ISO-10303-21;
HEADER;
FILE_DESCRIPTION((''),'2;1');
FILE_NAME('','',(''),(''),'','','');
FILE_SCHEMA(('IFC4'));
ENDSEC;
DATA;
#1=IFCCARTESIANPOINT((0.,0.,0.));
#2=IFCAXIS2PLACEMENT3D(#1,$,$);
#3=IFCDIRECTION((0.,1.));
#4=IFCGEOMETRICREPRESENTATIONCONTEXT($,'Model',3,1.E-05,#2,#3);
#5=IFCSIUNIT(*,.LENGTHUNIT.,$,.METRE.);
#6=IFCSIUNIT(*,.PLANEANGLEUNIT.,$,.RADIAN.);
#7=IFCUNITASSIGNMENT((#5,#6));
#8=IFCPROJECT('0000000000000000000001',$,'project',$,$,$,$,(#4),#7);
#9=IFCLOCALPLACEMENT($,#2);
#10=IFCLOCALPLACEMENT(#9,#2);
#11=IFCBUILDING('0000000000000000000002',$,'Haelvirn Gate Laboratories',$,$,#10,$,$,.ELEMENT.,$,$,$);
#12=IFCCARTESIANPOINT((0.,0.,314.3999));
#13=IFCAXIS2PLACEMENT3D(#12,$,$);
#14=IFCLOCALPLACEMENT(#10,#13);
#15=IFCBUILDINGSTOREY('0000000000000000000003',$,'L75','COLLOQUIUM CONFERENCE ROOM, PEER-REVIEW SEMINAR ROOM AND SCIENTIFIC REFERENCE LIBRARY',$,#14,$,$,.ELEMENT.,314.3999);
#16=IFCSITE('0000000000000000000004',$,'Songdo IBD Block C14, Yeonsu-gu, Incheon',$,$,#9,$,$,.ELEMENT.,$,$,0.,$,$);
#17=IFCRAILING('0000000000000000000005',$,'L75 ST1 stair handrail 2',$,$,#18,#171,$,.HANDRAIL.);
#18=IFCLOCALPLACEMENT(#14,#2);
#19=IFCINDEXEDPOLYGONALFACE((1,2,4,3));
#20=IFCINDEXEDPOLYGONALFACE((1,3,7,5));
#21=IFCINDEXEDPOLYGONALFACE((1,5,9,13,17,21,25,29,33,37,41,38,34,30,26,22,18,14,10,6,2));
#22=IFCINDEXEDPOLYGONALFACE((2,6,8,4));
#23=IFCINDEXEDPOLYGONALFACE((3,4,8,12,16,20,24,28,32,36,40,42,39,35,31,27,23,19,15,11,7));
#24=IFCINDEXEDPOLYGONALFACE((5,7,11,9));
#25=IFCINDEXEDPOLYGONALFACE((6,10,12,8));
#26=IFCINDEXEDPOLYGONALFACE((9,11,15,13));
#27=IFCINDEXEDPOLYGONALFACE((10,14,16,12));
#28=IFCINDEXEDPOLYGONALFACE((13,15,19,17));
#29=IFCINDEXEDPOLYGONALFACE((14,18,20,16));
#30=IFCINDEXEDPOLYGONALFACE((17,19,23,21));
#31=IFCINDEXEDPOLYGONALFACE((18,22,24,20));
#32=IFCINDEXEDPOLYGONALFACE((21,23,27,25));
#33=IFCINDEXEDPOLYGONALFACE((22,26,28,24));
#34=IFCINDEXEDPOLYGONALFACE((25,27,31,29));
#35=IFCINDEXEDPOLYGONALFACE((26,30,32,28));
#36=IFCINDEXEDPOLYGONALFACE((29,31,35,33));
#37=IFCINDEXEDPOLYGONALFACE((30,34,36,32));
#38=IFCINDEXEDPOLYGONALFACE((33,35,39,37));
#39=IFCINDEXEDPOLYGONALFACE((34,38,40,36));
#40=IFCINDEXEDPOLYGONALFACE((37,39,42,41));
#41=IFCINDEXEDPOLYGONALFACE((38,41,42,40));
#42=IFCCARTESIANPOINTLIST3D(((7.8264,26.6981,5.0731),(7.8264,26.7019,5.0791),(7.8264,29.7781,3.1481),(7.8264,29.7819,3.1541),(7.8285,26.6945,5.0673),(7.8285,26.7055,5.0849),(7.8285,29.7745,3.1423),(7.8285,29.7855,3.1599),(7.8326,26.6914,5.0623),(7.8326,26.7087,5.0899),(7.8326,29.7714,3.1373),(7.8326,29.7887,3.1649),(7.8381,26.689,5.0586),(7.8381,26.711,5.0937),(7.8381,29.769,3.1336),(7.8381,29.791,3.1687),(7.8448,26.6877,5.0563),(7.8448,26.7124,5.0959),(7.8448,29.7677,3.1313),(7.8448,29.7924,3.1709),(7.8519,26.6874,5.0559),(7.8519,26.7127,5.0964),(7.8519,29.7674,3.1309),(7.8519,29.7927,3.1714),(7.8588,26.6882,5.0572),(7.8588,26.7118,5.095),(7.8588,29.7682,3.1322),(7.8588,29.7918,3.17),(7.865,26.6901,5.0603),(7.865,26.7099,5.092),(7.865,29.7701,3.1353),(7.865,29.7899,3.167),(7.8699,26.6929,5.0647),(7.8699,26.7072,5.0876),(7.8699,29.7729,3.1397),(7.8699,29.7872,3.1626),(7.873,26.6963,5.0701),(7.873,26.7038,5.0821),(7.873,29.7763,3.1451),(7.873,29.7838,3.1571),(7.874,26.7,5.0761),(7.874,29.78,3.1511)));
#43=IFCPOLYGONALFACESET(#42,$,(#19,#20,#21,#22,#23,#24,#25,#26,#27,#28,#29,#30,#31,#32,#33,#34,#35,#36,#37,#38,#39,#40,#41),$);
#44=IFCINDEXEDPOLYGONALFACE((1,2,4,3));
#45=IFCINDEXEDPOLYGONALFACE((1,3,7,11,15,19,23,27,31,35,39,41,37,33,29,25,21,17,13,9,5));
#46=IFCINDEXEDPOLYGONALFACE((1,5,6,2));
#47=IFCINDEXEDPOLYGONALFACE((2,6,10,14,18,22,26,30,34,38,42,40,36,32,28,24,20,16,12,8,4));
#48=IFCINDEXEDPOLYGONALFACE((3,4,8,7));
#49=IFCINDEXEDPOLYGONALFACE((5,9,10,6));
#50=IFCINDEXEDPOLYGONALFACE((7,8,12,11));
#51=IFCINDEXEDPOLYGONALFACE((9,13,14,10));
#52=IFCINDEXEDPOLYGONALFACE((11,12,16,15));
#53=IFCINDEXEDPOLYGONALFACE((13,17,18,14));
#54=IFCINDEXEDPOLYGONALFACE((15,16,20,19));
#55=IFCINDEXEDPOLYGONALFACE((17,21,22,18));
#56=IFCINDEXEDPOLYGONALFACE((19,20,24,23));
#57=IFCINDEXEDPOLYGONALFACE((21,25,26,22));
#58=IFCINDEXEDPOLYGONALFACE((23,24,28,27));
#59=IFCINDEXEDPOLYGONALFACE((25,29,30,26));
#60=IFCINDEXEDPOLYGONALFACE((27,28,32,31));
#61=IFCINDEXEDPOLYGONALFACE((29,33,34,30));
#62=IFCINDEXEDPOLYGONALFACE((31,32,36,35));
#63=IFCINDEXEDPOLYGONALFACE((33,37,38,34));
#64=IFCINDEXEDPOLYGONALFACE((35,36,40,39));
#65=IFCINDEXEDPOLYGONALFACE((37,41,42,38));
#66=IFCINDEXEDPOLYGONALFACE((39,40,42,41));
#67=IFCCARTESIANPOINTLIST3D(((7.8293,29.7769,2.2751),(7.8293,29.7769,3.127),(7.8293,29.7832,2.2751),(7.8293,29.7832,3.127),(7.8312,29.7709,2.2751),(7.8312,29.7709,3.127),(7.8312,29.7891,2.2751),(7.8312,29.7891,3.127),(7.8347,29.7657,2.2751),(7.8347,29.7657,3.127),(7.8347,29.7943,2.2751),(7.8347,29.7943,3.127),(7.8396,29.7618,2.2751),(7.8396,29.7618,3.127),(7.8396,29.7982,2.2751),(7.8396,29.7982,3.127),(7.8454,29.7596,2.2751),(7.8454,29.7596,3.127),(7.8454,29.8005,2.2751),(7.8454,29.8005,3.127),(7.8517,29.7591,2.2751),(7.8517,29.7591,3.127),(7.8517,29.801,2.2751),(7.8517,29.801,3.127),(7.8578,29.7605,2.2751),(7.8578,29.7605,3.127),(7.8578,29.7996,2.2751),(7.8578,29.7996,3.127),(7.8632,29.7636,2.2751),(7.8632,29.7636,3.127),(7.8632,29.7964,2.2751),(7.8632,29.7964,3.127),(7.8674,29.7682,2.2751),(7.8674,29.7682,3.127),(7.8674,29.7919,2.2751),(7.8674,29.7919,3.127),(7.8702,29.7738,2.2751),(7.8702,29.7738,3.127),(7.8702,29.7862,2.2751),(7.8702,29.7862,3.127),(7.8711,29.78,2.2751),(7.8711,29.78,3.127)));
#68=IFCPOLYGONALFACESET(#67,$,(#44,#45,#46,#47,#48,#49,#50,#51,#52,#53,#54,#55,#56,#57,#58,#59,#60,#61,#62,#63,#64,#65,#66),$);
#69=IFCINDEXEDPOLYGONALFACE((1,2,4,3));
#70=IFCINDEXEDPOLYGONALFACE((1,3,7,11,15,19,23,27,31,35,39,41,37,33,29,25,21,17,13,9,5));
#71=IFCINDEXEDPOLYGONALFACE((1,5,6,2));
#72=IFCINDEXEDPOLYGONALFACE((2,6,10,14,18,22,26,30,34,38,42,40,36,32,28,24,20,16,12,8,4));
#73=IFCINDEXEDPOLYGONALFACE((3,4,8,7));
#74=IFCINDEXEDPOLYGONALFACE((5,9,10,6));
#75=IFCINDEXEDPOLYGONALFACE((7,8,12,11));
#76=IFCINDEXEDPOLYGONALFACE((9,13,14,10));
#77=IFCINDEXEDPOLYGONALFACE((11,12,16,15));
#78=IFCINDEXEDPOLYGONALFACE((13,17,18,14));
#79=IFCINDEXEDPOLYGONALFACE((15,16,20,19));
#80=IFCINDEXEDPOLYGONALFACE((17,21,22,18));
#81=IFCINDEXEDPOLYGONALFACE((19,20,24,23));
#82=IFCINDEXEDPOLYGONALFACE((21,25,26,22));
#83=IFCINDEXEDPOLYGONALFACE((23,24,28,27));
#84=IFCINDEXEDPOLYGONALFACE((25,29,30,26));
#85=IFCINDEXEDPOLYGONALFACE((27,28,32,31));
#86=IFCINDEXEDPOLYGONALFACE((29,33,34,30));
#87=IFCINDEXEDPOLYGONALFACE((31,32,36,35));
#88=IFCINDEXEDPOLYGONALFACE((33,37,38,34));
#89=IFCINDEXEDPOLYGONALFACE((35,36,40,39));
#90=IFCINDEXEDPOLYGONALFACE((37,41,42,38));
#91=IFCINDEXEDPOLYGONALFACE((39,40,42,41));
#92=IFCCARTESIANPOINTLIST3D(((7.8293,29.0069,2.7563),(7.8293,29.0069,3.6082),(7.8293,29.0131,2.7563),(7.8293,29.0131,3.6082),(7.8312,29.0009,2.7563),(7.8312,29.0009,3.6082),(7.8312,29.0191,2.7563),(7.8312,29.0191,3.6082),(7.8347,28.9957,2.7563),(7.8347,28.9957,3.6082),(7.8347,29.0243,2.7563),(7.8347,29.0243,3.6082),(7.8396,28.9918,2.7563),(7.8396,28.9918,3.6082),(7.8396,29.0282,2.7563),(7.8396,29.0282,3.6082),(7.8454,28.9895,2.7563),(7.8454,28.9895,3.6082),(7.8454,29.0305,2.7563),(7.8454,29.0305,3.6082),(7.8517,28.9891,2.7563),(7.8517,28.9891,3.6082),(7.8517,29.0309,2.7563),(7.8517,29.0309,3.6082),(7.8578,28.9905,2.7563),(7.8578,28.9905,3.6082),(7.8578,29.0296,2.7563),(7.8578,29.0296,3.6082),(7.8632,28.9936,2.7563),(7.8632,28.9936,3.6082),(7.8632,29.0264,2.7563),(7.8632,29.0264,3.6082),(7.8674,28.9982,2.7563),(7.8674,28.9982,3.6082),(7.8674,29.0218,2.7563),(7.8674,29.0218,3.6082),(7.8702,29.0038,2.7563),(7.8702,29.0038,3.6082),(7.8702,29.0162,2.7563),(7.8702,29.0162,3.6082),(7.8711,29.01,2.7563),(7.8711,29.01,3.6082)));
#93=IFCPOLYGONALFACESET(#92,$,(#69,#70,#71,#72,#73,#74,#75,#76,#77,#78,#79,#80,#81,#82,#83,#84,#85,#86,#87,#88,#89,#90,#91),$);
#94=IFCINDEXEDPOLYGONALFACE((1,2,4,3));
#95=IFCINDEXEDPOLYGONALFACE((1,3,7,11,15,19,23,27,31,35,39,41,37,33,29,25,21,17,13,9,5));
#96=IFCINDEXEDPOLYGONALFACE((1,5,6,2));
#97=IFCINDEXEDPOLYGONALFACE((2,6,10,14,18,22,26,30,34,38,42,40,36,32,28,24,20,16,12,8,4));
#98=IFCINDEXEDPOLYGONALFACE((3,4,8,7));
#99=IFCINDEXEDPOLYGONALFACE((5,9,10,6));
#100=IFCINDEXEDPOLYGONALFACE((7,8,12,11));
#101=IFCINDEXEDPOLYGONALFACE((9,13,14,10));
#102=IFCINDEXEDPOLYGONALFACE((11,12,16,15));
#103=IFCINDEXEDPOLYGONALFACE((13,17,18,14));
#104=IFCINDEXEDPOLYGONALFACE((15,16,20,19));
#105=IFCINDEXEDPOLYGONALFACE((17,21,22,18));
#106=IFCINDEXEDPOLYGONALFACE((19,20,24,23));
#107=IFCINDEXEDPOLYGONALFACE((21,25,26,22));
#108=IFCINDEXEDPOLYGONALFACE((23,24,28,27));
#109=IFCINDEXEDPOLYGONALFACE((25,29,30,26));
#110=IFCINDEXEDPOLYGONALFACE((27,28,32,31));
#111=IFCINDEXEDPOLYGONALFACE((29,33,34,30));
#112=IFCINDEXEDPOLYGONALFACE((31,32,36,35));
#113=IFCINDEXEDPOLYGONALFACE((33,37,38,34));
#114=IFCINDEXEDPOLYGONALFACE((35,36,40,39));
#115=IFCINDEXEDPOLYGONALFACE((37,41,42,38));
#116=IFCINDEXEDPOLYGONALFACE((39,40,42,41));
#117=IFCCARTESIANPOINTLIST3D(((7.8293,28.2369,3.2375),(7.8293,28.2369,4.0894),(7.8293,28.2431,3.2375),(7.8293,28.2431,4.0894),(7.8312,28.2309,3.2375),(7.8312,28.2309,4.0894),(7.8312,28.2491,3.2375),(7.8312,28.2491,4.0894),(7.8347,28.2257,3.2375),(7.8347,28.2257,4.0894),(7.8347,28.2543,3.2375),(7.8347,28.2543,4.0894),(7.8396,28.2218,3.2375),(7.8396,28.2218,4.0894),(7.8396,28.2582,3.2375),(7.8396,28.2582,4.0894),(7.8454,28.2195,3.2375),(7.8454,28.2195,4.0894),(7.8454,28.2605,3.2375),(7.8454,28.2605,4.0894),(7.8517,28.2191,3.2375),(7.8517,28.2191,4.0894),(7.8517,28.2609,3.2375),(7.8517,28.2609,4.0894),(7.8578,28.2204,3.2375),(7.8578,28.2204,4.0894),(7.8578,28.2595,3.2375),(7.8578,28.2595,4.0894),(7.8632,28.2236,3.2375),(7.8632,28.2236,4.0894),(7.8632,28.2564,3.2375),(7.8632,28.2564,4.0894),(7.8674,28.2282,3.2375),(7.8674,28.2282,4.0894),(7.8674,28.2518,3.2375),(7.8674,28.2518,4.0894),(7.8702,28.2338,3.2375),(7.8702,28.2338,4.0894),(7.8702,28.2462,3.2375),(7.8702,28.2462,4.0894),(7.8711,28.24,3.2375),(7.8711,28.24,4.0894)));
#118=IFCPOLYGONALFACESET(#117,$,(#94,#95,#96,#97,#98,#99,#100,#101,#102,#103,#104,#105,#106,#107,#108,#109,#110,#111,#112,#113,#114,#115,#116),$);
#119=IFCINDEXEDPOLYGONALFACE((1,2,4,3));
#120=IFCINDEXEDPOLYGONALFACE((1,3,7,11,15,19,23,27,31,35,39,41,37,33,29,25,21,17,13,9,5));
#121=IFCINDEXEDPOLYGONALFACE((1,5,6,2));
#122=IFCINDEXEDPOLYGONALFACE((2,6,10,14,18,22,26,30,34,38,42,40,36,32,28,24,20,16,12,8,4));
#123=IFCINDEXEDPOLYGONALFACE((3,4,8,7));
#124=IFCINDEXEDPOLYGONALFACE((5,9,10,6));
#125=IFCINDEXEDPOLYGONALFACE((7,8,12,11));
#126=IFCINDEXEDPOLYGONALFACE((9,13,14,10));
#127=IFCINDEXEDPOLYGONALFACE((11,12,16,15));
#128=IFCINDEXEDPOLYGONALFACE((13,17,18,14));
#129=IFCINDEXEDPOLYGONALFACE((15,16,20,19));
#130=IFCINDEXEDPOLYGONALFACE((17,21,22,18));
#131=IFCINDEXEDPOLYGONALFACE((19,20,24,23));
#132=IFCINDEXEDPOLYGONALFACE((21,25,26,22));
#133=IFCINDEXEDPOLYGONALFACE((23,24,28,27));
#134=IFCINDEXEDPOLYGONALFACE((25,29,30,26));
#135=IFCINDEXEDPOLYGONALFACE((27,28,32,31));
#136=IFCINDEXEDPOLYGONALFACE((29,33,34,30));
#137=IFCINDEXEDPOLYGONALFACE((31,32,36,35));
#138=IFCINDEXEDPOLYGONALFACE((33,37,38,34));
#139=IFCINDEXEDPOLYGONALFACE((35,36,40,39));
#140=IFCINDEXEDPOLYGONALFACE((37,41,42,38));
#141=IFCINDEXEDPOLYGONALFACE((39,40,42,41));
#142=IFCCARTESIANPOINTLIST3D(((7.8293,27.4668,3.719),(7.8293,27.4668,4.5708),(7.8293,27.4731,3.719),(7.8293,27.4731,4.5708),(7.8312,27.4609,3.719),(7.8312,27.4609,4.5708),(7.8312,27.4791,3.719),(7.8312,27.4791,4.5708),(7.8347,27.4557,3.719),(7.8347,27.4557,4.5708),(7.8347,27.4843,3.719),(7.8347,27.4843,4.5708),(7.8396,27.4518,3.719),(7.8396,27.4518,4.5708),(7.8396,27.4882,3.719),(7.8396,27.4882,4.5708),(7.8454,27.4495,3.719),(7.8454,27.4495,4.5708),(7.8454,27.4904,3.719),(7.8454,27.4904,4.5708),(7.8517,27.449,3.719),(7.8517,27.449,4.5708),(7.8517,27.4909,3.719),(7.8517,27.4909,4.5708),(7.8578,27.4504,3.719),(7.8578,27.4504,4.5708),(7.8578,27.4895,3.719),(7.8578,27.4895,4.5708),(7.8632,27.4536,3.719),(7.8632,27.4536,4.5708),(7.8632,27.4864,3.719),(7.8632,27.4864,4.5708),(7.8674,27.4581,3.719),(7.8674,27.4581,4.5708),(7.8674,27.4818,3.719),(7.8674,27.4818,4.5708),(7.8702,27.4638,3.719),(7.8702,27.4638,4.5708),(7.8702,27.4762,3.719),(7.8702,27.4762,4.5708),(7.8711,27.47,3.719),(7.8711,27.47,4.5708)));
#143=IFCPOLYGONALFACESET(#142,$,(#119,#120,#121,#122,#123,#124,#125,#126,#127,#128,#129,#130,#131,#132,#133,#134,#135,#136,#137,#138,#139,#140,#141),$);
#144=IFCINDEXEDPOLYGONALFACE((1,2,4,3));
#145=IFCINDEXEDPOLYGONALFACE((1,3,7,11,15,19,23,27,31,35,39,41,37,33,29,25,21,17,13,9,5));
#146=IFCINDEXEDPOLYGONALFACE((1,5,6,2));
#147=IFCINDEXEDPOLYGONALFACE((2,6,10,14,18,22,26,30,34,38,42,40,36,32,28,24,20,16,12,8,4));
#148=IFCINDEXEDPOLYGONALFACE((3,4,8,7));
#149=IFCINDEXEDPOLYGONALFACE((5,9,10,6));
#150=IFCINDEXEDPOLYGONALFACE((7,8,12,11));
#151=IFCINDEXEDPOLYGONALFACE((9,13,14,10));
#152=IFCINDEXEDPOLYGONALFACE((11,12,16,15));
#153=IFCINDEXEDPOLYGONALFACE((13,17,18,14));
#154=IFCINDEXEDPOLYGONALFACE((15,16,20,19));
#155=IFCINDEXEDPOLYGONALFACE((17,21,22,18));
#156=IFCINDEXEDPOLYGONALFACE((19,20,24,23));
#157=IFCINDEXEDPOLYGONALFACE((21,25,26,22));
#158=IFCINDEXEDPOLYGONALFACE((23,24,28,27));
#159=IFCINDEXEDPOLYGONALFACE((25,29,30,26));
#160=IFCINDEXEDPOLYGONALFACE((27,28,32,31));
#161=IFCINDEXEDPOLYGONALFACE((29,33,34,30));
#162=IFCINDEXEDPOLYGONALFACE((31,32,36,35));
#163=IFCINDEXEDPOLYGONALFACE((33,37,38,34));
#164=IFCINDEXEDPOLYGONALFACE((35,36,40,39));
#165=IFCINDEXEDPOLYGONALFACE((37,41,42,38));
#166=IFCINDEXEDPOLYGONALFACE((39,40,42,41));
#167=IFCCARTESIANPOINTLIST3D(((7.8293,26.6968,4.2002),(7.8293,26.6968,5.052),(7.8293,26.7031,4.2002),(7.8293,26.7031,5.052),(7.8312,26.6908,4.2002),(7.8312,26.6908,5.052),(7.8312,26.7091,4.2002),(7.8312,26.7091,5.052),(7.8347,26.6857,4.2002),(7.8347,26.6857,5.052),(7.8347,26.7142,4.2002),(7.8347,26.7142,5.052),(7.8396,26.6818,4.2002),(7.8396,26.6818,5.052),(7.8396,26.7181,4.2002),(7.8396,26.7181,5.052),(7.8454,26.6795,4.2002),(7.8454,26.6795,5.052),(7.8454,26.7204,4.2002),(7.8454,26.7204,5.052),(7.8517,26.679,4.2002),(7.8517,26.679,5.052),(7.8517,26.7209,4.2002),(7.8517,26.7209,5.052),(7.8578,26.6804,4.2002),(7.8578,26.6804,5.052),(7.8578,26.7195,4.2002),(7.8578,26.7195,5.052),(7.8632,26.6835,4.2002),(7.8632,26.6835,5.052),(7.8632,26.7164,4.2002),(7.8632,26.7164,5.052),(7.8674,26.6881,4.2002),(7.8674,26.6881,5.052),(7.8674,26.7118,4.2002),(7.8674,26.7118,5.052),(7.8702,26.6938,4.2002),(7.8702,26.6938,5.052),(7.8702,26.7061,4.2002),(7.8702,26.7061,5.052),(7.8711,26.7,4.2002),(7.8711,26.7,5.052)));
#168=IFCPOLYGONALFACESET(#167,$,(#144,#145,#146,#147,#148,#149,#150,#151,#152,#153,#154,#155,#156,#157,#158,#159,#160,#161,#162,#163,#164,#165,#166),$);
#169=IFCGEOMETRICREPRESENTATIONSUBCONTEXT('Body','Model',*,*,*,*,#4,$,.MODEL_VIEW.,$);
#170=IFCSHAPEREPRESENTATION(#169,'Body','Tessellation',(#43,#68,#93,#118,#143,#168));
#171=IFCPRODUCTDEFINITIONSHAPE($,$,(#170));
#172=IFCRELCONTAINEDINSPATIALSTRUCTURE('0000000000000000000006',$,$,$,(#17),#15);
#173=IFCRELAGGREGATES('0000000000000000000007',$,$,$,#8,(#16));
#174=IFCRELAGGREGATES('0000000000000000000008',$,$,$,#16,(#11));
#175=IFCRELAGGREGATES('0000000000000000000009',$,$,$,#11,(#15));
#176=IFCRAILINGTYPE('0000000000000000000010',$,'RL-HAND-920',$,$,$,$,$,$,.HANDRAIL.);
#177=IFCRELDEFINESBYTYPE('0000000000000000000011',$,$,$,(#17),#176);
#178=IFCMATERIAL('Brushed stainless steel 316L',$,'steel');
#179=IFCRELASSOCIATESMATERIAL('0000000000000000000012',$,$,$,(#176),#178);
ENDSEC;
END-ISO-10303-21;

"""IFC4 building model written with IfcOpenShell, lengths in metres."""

from ifc_helpers import new_model, si_unit, direction, frame, origin, origin_2d, place, context, subcontext, project, spatial, circle, extrude, source, transform, mapped, material, type_object, element, save


model = new_model("IFC4")

# Units and contexts
model_context = context("Model", 3, precision=1e-05, world=origin(), true_north=direction((0.0, 1.0)))
body_context = subcontext(model_context, "Body", "Model", "MODEL_VIEW")
ifc_project = project(units=[si_unit("LENGTHUNIT", "METRE"), si_unit("PLANEANGLEUNIT", "RADIAN")], contexts=[model_context])

# Site, building, storey
site_placement = place(None, origin())
site = spatial("IfcSite", under=ifc_project, at=site_placement, Name="Songdo IBD Block C14, Yeonsu-gu, Incheon", CompositionType="ELEMENT", RefElevation=0.0)
building_placement = place(site_placement, origin())
building = spatial("IfcBuilding", under=site, at=building_placement, Name="Haelvirn Gate Laboratories", CompositionType="ELEMENT")
storey_placement = place(building_placement, frame((0.0, 0.0, 314.3999)))
storey = spatial("IfcBuildingStorey", under=building, at=storey_placement, Name="L75", Description="COLLOQUIUM CONFERENCE ROOM, PEER-REVIEW SEMINAR ROOM AND SCIENTIFIC REFERENCE LIBRARY", CompositionType="ELEMENT", Elevation=314.3999)

# Railing
ifc_material_1 = material(Name="Brushed stainless steel 316L", Category="steel")
railing_type_1 = type_object("IfcRailingType", Name="RL-HAND-920", PredefinedType="HANDRAIL", material=ifc_material_1)
shared_shape_1 = source(origin(), body_context, "Body", "SweptSolid", [
    extrude(circle(Radius=0.0239, at=origin_2d()), frame((0.0, 0.0, 0.876), z_axis=(0.0, -0.847998, 0.529999), x_axis=(1.0, 0.0, 0.0)), (0.0, 0.0, 1.0), 3.6321),
    extrude(circle(Radius=0.021, at=origin_2d()), origin(), (0.0, 0.0, 1.0), 0.8518),
    extrude(circle(Radius=0.021, at=origin_2d()), frame((0.0, -0.77, 0.4812)), (0.0, 0.0, 1.0), 0.8518),
    extrude(circle(Radius=0.021, at=origin_2d()), frame((0.0, -1.54, 0.9624)), (0.0, 0.0, 1.0), 0.8518),
    extrude(circle(Radius=0.021, at=origin_2d()), frame((0.0, -2.3101, 1.4438)), (0.0, 0.0, 1.0), 0.8518),
    extrude(circle(Radius=0.021, at=origin_2d()), frame((0.0, -3.0801, 1.925)), (0.0, 0.0, 1.0), 0.8518),
])
railing_1_placement = place(storey_placement, frame((7.8501, 29.78, 2.2751)))
element("IfcRailing", 1, at=railing_1_placement, inside=storey, type_object=railing_type_1, Name="L75 ST1 stair handrail 2", PredefinedType="HANDRAIL", context=body_context, shape_type="MappedRepresentation", body=[
    mapped(shared_shape_1, transform((0.0, 0.0, 0.0), scale=1.0)),
])

save(model, "model.ifc")
